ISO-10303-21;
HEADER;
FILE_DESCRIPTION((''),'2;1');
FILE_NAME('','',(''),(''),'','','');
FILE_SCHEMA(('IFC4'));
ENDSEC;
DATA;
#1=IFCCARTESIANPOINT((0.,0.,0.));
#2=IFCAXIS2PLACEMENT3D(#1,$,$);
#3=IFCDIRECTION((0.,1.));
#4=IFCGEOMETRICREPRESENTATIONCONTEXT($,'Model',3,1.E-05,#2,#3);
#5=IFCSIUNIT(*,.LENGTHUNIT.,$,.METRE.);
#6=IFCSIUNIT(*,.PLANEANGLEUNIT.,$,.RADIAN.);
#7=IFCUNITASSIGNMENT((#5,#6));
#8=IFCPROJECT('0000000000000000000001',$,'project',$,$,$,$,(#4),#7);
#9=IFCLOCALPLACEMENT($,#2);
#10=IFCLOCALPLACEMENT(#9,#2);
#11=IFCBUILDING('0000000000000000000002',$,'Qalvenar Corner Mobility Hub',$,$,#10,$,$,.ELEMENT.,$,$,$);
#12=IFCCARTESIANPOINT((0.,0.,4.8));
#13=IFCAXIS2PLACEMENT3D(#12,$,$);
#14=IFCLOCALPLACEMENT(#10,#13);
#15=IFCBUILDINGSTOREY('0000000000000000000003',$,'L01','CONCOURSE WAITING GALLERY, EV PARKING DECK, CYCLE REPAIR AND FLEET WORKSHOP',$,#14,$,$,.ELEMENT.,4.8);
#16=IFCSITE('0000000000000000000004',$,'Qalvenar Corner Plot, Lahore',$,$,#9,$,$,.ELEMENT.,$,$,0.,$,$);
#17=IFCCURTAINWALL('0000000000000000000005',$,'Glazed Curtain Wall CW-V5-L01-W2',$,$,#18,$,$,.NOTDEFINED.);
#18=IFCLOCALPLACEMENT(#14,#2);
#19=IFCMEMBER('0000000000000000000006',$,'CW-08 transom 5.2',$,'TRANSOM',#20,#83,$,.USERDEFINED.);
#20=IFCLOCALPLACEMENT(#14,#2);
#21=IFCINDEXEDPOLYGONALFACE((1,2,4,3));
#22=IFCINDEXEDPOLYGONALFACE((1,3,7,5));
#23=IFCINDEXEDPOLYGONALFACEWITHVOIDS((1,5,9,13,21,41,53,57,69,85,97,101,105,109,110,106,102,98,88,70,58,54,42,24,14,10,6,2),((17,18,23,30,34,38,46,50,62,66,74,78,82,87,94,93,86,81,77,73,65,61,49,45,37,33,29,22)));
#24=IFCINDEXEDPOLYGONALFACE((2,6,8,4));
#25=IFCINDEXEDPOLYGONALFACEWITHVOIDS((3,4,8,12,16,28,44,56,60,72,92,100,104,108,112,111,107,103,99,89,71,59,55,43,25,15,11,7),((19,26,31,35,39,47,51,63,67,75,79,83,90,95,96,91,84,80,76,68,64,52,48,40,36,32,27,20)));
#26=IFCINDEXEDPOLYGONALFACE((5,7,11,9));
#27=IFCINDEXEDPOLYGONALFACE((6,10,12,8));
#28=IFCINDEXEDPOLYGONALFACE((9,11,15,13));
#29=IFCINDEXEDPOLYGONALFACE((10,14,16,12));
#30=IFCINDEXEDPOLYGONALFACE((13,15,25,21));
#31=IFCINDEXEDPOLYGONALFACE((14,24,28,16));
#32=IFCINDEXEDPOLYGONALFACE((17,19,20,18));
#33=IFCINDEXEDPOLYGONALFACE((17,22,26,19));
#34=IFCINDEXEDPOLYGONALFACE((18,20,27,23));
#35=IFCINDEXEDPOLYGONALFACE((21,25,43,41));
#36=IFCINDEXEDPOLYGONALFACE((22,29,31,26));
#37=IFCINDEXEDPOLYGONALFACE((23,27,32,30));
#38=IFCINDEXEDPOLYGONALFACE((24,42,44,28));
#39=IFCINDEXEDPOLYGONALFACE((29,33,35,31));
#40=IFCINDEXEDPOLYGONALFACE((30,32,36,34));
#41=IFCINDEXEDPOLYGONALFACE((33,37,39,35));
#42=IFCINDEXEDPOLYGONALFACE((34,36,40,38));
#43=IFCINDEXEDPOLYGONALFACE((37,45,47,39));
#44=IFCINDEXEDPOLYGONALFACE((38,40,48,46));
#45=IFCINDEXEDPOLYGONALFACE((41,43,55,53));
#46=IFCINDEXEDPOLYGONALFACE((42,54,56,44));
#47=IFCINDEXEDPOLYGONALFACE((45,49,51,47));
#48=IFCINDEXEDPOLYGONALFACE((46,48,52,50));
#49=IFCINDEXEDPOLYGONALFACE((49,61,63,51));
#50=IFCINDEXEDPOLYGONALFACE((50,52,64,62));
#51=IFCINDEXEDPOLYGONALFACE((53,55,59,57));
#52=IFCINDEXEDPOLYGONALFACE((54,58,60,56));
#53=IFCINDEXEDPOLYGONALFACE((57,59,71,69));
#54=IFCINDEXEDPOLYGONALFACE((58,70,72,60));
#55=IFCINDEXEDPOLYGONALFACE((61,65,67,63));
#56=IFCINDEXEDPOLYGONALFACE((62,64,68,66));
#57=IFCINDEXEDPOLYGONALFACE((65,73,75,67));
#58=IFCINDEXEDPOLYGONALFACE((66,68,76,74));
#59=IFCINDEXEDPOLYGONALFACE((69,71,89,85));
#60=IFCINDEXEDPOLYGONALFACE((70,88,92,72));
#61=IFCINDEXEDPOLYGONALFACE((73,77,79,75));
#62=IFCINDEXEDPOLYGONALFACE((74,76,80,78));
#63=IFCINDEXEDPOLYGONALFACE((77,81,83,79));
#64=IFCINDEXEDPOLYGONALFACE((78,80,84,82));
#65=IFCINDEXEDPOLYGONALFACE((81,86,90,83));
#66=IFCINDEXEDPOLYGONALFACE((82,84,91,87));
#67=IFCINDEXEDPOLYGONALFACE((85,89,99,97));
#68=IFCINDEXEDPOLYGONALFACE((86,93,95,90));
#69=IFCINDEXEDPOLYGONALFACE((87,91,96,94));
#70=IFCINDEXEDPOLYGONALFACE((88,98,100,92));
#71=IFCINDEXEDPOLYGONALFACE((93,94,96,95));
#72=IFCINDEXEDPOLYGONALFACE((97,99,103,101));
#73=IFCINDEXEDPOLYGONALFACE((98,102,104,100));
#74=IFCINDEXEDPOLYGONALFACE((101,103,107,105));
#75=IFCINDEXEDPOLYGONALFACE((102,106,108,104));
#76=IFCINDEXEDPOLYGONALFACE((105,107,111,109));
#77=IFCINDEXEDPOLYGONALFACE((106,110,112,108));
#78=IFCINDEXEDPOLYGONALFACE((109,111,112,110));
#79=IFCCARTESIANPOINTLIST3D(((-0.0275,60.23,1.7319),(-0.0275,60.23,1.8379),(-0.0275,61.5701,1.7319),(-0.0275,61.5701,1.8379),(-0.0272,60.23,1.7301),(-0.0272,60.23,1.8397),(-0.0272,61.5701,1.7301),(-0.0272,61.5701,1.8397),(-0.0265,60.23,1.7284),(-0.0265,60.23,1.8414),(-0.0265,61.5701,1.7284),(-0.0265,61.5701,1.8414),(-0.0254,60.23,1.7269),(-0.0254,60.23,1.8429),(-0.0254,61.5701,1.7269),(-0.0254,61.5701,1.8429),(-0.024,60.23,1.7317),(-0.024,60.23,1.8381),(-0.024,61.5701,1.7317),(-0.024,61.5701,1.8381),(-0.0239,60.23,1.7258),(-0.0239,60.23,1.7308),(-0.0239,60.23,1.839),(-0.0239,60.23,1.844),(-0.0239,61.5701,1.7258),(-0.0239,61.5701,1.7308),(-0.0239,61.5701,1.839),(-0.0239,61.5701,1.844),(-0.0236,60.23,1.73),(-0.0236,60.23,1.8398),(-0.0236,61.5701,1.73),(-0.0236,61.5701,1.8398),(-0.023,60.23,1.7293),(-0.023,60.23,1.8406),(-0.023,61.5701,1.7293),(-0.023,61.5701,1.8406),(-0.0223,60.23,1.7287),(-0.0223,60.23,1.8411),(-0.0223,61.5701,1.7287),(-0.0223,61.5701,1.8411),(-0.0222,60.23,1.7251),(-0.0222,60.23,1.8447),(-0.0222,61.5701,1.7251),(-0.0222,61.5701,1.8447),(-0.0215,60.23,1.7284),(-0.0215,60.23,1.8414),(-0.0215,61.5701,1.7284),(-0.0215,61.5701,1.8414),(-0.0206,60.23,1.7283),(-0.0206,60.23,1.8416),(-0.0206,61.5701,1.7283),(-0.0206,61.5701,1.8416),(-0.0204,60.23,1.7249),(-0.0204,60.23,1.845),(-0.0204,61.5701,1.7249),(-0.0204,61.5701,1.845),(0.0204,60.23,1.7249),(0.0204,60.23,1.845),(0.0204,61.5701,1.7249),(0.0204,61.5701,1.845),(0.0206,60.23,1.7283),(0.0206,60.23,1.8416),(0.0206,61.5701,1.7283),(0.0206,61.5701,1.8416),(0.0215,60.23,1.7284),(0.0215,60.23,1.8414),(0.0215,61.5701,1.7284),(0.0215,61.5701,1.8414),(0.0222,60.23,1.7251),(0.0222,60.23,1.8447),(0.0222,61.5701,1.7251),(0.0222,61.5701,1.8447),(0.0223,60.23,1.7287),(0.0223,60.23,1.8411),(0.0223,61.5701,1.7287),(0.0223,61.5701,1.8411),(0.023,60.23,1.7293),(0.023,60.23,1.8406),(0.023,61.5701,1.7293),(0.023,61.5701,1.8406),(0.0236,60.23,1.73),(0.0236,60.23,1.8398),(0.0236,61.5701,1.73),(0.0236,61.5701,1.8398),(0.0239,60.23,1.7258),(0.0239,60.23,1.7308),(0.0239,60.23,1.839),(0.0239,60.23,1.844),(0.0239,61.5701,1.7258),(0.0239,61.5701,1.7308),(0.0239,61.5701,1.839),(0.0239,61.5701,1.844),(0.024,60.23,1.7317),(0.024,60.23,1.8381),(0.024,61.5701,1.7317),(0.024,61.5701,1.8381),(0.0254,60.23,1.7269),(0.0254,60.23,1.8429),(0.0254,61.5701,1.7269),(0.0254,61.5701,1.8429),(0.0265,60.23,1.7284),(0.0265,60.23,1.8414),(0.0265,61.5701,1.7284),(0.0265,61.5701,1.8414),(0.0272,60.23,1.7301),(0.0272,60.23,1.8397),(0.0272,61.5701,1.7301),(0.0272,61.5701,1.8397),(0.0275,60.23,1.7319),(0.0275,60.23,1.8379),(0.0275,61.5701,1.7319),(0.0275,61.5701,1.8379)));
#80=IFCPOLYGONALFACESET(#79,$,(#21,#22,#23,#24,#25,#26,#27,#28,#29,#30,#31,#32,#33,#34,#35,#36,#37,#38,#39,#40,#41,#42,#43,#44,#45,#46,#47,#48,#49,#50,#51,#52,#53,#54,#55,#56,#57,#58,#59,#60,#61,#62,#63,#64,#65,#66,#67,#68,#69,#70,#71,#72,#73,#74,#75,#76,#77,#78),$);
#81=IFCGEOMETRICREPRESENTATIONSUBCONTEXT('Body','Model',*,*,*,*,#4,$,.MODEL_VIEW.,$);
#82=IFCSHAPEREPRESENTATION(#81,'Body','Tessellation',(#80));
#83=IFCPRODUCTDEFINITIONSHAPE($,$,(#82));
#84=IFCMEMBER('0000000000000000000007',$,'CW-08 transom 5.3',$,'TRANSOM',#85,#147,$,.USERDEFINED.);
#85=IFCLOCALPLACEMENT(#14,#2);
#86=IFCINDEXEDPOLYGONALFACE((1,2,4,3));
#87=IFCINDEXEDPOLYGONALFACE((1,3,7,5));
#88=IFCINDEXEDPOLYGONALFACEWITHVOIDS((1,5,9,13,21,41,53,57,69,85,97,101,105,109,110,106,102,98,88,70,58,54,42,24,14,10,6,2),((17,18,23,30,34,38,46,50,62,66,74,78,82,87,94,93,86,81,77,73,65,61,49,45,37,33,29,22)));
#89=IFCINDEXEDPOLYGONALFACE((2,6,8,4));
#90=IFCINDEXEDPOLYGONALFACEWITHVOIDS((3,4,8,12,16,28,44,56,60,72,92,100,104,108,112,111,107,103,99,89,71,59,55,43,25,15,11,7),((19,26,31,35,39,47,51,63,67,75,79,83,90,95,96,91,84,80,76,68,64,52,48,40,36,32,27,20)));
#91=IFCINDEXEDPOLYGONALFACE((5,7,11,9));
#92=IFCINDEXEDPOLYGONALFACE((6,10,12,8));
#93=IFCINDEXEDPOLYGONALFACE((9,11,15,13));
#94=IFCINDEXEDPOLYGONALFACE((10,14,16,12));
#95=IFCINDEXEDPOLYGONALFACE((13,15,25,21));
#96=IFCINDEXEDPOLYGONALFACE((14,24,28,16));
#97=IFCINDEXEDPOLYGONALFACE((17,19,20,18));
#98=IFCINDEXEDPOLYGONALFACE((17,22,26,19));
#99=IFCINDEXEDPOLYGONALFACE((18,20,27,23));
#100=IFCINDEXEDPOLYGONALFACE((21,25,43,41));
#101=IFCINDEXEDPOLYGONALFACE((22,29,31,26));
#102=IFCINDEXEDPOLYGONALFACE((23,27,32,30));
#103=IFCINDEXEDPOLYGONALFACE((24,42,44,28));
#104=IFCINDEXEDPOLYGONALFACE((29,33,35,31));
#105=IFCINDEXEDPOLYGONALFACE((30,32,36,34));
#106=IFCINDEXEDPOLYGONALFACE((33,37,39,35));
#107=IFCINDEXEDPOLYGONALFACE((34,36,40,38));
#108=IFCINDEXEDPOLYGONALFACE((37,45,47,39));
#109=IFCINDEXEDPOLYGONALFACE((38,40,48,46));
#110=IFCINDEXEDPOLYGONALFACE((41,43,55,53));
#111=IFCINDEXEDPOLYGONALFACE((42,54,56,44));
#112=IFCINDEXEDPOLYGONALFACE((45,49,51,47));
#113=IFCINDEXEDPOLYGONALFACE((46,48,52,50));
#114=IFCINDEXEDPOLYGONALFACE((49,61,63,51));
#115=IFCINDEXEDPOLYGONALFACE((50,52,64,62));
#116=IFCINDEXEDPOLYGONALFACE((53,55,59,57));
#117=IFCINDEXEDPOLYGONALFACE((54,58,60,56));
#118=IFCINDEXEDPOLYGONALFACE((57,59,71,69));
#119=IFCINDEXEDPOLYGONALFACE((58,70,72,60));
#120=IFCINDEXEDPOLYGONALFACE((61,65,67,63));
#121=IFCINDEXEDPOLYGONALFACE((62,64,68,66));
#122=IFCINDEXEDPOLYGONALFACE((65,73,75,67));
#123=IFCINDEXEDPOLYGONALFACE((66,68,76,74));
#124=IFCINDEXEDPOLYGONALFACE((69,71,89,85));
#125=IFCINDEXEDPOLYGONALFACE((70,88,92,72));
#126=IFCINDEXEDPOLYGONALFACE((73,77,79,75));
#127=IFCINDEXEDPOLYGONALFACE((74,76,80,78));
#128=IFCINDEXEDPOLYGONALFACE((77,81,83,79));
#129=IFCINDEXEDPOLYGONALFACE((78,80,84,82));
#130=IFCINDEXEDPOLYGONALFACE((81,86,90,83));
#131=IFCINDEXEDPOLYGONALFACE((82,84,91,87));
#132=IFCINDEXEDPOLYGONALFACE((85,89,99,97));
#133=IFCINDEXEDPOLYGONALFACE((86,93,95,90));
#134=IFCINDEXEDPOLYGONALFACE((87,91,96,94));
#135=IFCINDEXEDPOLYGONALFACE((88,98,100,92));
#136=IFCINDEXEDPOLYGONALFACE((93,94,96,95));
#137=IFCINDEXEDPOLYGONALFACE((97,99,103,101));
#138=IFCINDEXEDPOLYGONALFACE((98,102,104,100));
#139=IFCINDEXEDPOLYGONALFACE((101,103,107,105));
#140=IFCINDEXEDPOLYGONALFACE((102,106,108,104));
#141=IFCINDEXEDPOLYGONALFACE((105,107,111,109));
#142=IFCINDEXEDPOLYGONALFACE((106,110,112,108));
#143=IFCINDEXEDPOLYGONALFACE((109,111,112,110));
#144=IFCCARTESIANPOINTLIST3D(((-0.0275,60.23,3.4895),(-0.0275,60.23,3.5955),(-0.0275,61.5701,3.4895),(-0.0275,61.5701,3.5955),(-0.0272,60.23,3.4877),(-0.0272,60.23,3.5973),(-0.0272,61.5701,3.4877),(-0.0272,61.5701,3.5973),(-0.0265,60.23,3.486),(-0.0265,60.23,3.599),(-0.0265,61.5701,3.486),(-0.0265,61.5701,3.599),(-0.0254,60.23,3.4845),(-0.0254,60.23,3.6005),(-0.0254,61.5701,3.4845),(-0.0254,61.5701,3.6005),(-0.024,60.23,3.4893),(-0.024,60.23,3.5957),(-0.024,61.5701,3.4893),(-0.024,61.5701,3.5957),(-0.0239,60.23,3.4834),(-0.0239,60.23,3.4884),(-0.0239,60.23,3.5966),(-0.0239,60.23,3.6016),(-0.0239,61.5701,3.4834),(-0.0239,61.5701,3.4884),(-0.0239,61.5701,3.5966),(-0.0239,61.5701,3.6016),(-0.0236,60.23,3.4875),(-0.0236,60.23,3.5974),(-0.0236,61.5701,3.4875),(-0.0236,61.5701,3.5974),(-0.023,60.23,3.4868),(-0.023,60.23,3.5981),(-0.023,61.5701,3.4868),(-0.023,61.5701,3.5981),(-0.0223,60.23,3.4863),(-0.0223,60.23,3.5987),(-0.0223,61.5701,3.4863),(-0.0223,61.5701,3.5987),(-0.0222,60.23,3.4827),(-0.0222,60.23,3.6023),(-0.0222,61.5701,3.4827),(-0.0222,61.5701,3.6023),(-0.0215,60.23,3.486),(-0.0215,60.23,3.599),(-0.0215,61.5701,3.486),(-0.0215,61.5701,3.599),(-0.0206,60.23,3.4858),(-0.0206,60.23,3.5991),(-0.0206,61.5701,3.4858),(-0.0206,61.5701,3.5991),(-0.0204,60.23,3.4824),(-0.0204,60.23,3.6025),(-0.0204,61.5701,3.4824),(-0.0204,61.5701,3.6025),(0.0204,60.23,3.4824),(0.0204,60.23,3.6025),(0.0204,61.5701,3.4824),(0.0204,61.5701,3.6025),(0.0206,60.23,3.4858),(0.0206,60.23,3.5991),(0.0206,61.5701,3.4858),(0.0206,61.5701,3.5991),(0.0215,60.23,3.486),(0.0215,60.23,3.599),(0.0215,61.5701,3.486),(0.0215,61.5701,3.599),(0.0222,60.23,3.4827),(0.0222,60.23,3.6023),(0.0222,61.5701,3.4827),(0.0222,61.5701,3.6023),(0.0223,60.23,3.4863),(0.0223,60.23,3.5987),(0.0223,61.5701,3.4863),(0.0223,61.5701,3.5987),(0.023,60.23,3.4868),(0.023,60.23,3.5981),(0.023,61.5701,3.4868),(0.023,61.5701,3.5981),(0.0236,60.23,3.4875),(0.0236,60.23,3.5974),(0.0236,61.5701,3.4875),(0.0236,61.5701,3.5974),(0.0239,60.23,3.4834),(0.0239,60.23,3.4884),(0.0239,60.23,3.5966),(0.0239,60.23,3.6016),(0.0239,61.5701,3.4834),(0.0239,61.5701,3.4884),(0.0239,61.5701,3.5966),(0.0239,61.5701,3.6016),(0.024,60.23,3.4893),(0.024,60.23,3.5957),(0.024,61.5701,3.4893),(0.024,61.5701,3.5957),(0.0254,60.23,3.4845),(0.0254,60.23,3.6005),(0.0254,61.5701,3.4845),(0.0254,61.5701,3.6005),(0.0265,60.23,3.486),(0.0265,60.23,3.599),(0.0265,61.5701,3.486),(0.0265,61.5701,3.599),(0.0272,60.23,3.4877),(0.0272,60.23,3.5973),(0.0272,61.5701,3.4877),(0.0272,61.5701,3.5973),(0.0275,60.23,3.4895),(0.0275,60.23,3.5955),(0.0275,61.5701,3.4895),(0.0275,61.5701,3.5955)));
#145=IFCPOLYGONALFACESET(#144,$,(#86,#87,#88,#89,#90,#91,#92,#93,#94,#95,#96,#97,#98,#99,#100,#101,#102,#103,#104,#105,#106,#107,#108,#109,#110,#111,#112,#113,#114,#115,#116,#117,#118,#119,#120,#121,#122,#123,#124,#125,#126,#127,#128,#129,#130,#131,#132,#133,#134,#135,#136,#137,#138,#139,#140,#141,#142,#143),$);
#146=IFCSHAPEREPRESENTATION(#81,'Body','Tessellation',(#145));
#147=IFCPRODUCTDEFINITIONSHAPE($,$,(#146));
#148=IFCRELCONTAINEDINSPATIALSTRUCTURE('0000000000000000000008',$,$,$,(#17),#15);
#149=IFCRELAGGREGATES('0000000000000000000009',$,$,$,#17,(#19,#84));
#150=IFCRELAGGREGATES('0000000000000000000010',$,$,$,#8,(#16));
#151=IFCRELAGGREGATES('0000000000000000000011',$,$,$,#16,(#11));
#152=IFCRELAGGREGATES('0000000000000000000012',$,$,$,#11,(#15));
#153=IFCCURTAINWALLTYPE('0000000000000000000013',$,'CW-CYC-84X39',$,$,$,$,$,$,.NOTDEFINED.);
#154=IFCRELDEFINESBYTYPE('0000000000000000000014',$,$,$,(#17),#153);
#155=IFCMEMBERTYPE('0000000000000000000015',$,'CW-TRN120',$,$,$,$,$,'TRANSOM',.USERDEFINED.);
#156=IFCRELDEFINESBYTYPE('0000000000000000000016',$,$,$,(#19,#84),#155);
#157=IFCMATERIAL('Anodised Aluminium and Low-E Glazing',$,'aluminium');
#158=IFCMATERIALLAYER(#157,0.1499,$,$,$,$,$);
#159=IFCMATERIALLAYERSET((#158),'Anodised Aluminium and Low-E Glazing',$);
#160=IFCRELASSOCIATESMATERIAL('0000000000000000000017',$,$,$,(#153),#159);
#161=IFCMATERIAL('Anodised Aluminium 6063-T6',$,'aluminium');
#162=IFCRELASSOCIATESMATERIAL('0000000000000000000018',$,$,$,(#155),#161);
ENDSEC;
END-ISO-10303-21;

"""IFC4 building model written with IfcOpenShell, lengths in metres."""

from ifc_helpers import new_model, si_unit, direction, frame, origin, origin_2d, place, context, subcontext, project, spatial, hollow_rectangle, extrude, material, layer, layer_set, material_profile, profile_set, type_object, element, aggregate, save


model = new_model("IFC4")

# Units and contexts
model_context = context("Model", 3, precision=1e-05, world=origin(), true_north=direction((0.0, 1.0)))
body_context = subcontext(model_context, "Body", "Model", "MODEL_VIEW")
ifc_project = project(units=[si_unit("LENGTHUNIT", "METRE"), si_unit("PLANEANGLEUNIT", "RADIAN")], contexts=[model_context])

# Site, building, storey
site_placement = place(None, origin())
site = spatial("IfcSite", under=ifc_project, at=site_placement, Name="Qalvenar Corner Plot, Lahore", CompositionType="ELEMENT", RefElevation=0.0)
building_placement = place(site_placement, origin())
building = spatial("IfcBuilding", under=site, at=building_placement, Name="Qalvenar Corner Mobility Hub", CompositionType="ELEMENT")
storey_placement = place(building_placement, frame((0.0, 0.0, 4.8)))
storey = spatial("IfcBuildingStorey", under=building, at=storey_placement, Name="L01", Description="CONCOURSE WAITING GALLERY, EV PARKING DECK, CYCLE REPAIR AND FLEET WORKSHOP", CompositionType="ELEMENT", Elevation=4.8)

# Curtain wall, members
ifc_material_1 = material(Name="Anodised Aluminium and Low-E Glazing", Category="aluminium")
ifc_layer_1 = layer(ifc_material_1, 0.1499)
ifc_layer_set_1 = layer_set([ifc_layer_1], Name="Anodised Aluminium and Low-E Glazing")
curtain_wall_type = type_object("IfcCurtainWallType", Name="CW-CYC-84X39", PredefinedType="NOTDEFINED", material=ifc_layer_set_1)
curtain_wall_placement = place(storey_placement, origin())
curtain_wall = element("IfcCurtainWall", 1, at=curtain_wall_placement, inside=storey, type_object=curtain_wall_type, Name="Glazed Curtain Wall CW-V5-L01-W2", PredefinedType="NOTDEFINED")
ifc_material_2 = material(Name="Anodised Aluminium 6063-T6", Category="aluminium")
ifc_material_profile_1 = material_profile(ifc_material_2, hollow_rectangle(XDim=0.0549, YDim=0.1201, WallThickness=0.0034, InnerFilletRadius=0.0034, OuterFilletRadius=0.0071, at=origin_2d()), Name="RHS120x55x3.5")
ifc_profile_set_1 = profile_set([ifc_material_profile_1], Name="Anodised Aluminium 6063-T6")
member_type_1 = type_object("IfcMemberType", Name="CW-TRN120", ElementType="TRANSOM", PredefinedType="USERDEFINED", material=ifc_profile_set_1)
member_1_placement = place(storey_placement, frame((0.0, 61.5701, 1.7849), z_axis=(0.0, -1.0, 0.0), x_axis=(1.0, 0.0, 0.0)))
member_1 = element("IfcMember", 2, at=member_1_placement, type_object=member_type_1, Name="CW-08 transom 5.2", ObjectType="TRANSOM", PredefinedType="USERDEFINED", context=body_context, shape_type="SweptSolid", body=[
    extrude(hollow_rectangle(XDim=0.0549, YDim=0.1201, WallThickness=0.0034, InnerFilletRadius=0.0034, OuterFilletRadius=0.0071, at=origin_2d()), origin(), (0.0, 0.0, 1.0), 1.3401),
])
member_2_placement = place(storey_placement, frame((0.0, 61.5701, 3.5425), z_axis=(0.0, -1.0, 0.0), x_axis=(1.0, 0.0, 0.0)))
member_2 = element("IfcMember", 3, at=member_2_placement, type_object=member_type_1, Name="CW-08 transom 5.3", ObjectType="TRANSOM", PredefinedType="USERDEFINED", context=body_context, shape_type="SweptSolid", body=[
    extrude(hollow_rectangle(XDim=0.0549, YDim=0.1201, WallThickness=0.0034, InnerFilletRadius=0.0034, OuterFilletRadius=0.0071, at=origin_2d()), origin(), (0.0, 0.0, 1.0), 1.3401),
])
aggregate(curtain_wall, [member_1, member_2])

save(model, "model.ifc")
